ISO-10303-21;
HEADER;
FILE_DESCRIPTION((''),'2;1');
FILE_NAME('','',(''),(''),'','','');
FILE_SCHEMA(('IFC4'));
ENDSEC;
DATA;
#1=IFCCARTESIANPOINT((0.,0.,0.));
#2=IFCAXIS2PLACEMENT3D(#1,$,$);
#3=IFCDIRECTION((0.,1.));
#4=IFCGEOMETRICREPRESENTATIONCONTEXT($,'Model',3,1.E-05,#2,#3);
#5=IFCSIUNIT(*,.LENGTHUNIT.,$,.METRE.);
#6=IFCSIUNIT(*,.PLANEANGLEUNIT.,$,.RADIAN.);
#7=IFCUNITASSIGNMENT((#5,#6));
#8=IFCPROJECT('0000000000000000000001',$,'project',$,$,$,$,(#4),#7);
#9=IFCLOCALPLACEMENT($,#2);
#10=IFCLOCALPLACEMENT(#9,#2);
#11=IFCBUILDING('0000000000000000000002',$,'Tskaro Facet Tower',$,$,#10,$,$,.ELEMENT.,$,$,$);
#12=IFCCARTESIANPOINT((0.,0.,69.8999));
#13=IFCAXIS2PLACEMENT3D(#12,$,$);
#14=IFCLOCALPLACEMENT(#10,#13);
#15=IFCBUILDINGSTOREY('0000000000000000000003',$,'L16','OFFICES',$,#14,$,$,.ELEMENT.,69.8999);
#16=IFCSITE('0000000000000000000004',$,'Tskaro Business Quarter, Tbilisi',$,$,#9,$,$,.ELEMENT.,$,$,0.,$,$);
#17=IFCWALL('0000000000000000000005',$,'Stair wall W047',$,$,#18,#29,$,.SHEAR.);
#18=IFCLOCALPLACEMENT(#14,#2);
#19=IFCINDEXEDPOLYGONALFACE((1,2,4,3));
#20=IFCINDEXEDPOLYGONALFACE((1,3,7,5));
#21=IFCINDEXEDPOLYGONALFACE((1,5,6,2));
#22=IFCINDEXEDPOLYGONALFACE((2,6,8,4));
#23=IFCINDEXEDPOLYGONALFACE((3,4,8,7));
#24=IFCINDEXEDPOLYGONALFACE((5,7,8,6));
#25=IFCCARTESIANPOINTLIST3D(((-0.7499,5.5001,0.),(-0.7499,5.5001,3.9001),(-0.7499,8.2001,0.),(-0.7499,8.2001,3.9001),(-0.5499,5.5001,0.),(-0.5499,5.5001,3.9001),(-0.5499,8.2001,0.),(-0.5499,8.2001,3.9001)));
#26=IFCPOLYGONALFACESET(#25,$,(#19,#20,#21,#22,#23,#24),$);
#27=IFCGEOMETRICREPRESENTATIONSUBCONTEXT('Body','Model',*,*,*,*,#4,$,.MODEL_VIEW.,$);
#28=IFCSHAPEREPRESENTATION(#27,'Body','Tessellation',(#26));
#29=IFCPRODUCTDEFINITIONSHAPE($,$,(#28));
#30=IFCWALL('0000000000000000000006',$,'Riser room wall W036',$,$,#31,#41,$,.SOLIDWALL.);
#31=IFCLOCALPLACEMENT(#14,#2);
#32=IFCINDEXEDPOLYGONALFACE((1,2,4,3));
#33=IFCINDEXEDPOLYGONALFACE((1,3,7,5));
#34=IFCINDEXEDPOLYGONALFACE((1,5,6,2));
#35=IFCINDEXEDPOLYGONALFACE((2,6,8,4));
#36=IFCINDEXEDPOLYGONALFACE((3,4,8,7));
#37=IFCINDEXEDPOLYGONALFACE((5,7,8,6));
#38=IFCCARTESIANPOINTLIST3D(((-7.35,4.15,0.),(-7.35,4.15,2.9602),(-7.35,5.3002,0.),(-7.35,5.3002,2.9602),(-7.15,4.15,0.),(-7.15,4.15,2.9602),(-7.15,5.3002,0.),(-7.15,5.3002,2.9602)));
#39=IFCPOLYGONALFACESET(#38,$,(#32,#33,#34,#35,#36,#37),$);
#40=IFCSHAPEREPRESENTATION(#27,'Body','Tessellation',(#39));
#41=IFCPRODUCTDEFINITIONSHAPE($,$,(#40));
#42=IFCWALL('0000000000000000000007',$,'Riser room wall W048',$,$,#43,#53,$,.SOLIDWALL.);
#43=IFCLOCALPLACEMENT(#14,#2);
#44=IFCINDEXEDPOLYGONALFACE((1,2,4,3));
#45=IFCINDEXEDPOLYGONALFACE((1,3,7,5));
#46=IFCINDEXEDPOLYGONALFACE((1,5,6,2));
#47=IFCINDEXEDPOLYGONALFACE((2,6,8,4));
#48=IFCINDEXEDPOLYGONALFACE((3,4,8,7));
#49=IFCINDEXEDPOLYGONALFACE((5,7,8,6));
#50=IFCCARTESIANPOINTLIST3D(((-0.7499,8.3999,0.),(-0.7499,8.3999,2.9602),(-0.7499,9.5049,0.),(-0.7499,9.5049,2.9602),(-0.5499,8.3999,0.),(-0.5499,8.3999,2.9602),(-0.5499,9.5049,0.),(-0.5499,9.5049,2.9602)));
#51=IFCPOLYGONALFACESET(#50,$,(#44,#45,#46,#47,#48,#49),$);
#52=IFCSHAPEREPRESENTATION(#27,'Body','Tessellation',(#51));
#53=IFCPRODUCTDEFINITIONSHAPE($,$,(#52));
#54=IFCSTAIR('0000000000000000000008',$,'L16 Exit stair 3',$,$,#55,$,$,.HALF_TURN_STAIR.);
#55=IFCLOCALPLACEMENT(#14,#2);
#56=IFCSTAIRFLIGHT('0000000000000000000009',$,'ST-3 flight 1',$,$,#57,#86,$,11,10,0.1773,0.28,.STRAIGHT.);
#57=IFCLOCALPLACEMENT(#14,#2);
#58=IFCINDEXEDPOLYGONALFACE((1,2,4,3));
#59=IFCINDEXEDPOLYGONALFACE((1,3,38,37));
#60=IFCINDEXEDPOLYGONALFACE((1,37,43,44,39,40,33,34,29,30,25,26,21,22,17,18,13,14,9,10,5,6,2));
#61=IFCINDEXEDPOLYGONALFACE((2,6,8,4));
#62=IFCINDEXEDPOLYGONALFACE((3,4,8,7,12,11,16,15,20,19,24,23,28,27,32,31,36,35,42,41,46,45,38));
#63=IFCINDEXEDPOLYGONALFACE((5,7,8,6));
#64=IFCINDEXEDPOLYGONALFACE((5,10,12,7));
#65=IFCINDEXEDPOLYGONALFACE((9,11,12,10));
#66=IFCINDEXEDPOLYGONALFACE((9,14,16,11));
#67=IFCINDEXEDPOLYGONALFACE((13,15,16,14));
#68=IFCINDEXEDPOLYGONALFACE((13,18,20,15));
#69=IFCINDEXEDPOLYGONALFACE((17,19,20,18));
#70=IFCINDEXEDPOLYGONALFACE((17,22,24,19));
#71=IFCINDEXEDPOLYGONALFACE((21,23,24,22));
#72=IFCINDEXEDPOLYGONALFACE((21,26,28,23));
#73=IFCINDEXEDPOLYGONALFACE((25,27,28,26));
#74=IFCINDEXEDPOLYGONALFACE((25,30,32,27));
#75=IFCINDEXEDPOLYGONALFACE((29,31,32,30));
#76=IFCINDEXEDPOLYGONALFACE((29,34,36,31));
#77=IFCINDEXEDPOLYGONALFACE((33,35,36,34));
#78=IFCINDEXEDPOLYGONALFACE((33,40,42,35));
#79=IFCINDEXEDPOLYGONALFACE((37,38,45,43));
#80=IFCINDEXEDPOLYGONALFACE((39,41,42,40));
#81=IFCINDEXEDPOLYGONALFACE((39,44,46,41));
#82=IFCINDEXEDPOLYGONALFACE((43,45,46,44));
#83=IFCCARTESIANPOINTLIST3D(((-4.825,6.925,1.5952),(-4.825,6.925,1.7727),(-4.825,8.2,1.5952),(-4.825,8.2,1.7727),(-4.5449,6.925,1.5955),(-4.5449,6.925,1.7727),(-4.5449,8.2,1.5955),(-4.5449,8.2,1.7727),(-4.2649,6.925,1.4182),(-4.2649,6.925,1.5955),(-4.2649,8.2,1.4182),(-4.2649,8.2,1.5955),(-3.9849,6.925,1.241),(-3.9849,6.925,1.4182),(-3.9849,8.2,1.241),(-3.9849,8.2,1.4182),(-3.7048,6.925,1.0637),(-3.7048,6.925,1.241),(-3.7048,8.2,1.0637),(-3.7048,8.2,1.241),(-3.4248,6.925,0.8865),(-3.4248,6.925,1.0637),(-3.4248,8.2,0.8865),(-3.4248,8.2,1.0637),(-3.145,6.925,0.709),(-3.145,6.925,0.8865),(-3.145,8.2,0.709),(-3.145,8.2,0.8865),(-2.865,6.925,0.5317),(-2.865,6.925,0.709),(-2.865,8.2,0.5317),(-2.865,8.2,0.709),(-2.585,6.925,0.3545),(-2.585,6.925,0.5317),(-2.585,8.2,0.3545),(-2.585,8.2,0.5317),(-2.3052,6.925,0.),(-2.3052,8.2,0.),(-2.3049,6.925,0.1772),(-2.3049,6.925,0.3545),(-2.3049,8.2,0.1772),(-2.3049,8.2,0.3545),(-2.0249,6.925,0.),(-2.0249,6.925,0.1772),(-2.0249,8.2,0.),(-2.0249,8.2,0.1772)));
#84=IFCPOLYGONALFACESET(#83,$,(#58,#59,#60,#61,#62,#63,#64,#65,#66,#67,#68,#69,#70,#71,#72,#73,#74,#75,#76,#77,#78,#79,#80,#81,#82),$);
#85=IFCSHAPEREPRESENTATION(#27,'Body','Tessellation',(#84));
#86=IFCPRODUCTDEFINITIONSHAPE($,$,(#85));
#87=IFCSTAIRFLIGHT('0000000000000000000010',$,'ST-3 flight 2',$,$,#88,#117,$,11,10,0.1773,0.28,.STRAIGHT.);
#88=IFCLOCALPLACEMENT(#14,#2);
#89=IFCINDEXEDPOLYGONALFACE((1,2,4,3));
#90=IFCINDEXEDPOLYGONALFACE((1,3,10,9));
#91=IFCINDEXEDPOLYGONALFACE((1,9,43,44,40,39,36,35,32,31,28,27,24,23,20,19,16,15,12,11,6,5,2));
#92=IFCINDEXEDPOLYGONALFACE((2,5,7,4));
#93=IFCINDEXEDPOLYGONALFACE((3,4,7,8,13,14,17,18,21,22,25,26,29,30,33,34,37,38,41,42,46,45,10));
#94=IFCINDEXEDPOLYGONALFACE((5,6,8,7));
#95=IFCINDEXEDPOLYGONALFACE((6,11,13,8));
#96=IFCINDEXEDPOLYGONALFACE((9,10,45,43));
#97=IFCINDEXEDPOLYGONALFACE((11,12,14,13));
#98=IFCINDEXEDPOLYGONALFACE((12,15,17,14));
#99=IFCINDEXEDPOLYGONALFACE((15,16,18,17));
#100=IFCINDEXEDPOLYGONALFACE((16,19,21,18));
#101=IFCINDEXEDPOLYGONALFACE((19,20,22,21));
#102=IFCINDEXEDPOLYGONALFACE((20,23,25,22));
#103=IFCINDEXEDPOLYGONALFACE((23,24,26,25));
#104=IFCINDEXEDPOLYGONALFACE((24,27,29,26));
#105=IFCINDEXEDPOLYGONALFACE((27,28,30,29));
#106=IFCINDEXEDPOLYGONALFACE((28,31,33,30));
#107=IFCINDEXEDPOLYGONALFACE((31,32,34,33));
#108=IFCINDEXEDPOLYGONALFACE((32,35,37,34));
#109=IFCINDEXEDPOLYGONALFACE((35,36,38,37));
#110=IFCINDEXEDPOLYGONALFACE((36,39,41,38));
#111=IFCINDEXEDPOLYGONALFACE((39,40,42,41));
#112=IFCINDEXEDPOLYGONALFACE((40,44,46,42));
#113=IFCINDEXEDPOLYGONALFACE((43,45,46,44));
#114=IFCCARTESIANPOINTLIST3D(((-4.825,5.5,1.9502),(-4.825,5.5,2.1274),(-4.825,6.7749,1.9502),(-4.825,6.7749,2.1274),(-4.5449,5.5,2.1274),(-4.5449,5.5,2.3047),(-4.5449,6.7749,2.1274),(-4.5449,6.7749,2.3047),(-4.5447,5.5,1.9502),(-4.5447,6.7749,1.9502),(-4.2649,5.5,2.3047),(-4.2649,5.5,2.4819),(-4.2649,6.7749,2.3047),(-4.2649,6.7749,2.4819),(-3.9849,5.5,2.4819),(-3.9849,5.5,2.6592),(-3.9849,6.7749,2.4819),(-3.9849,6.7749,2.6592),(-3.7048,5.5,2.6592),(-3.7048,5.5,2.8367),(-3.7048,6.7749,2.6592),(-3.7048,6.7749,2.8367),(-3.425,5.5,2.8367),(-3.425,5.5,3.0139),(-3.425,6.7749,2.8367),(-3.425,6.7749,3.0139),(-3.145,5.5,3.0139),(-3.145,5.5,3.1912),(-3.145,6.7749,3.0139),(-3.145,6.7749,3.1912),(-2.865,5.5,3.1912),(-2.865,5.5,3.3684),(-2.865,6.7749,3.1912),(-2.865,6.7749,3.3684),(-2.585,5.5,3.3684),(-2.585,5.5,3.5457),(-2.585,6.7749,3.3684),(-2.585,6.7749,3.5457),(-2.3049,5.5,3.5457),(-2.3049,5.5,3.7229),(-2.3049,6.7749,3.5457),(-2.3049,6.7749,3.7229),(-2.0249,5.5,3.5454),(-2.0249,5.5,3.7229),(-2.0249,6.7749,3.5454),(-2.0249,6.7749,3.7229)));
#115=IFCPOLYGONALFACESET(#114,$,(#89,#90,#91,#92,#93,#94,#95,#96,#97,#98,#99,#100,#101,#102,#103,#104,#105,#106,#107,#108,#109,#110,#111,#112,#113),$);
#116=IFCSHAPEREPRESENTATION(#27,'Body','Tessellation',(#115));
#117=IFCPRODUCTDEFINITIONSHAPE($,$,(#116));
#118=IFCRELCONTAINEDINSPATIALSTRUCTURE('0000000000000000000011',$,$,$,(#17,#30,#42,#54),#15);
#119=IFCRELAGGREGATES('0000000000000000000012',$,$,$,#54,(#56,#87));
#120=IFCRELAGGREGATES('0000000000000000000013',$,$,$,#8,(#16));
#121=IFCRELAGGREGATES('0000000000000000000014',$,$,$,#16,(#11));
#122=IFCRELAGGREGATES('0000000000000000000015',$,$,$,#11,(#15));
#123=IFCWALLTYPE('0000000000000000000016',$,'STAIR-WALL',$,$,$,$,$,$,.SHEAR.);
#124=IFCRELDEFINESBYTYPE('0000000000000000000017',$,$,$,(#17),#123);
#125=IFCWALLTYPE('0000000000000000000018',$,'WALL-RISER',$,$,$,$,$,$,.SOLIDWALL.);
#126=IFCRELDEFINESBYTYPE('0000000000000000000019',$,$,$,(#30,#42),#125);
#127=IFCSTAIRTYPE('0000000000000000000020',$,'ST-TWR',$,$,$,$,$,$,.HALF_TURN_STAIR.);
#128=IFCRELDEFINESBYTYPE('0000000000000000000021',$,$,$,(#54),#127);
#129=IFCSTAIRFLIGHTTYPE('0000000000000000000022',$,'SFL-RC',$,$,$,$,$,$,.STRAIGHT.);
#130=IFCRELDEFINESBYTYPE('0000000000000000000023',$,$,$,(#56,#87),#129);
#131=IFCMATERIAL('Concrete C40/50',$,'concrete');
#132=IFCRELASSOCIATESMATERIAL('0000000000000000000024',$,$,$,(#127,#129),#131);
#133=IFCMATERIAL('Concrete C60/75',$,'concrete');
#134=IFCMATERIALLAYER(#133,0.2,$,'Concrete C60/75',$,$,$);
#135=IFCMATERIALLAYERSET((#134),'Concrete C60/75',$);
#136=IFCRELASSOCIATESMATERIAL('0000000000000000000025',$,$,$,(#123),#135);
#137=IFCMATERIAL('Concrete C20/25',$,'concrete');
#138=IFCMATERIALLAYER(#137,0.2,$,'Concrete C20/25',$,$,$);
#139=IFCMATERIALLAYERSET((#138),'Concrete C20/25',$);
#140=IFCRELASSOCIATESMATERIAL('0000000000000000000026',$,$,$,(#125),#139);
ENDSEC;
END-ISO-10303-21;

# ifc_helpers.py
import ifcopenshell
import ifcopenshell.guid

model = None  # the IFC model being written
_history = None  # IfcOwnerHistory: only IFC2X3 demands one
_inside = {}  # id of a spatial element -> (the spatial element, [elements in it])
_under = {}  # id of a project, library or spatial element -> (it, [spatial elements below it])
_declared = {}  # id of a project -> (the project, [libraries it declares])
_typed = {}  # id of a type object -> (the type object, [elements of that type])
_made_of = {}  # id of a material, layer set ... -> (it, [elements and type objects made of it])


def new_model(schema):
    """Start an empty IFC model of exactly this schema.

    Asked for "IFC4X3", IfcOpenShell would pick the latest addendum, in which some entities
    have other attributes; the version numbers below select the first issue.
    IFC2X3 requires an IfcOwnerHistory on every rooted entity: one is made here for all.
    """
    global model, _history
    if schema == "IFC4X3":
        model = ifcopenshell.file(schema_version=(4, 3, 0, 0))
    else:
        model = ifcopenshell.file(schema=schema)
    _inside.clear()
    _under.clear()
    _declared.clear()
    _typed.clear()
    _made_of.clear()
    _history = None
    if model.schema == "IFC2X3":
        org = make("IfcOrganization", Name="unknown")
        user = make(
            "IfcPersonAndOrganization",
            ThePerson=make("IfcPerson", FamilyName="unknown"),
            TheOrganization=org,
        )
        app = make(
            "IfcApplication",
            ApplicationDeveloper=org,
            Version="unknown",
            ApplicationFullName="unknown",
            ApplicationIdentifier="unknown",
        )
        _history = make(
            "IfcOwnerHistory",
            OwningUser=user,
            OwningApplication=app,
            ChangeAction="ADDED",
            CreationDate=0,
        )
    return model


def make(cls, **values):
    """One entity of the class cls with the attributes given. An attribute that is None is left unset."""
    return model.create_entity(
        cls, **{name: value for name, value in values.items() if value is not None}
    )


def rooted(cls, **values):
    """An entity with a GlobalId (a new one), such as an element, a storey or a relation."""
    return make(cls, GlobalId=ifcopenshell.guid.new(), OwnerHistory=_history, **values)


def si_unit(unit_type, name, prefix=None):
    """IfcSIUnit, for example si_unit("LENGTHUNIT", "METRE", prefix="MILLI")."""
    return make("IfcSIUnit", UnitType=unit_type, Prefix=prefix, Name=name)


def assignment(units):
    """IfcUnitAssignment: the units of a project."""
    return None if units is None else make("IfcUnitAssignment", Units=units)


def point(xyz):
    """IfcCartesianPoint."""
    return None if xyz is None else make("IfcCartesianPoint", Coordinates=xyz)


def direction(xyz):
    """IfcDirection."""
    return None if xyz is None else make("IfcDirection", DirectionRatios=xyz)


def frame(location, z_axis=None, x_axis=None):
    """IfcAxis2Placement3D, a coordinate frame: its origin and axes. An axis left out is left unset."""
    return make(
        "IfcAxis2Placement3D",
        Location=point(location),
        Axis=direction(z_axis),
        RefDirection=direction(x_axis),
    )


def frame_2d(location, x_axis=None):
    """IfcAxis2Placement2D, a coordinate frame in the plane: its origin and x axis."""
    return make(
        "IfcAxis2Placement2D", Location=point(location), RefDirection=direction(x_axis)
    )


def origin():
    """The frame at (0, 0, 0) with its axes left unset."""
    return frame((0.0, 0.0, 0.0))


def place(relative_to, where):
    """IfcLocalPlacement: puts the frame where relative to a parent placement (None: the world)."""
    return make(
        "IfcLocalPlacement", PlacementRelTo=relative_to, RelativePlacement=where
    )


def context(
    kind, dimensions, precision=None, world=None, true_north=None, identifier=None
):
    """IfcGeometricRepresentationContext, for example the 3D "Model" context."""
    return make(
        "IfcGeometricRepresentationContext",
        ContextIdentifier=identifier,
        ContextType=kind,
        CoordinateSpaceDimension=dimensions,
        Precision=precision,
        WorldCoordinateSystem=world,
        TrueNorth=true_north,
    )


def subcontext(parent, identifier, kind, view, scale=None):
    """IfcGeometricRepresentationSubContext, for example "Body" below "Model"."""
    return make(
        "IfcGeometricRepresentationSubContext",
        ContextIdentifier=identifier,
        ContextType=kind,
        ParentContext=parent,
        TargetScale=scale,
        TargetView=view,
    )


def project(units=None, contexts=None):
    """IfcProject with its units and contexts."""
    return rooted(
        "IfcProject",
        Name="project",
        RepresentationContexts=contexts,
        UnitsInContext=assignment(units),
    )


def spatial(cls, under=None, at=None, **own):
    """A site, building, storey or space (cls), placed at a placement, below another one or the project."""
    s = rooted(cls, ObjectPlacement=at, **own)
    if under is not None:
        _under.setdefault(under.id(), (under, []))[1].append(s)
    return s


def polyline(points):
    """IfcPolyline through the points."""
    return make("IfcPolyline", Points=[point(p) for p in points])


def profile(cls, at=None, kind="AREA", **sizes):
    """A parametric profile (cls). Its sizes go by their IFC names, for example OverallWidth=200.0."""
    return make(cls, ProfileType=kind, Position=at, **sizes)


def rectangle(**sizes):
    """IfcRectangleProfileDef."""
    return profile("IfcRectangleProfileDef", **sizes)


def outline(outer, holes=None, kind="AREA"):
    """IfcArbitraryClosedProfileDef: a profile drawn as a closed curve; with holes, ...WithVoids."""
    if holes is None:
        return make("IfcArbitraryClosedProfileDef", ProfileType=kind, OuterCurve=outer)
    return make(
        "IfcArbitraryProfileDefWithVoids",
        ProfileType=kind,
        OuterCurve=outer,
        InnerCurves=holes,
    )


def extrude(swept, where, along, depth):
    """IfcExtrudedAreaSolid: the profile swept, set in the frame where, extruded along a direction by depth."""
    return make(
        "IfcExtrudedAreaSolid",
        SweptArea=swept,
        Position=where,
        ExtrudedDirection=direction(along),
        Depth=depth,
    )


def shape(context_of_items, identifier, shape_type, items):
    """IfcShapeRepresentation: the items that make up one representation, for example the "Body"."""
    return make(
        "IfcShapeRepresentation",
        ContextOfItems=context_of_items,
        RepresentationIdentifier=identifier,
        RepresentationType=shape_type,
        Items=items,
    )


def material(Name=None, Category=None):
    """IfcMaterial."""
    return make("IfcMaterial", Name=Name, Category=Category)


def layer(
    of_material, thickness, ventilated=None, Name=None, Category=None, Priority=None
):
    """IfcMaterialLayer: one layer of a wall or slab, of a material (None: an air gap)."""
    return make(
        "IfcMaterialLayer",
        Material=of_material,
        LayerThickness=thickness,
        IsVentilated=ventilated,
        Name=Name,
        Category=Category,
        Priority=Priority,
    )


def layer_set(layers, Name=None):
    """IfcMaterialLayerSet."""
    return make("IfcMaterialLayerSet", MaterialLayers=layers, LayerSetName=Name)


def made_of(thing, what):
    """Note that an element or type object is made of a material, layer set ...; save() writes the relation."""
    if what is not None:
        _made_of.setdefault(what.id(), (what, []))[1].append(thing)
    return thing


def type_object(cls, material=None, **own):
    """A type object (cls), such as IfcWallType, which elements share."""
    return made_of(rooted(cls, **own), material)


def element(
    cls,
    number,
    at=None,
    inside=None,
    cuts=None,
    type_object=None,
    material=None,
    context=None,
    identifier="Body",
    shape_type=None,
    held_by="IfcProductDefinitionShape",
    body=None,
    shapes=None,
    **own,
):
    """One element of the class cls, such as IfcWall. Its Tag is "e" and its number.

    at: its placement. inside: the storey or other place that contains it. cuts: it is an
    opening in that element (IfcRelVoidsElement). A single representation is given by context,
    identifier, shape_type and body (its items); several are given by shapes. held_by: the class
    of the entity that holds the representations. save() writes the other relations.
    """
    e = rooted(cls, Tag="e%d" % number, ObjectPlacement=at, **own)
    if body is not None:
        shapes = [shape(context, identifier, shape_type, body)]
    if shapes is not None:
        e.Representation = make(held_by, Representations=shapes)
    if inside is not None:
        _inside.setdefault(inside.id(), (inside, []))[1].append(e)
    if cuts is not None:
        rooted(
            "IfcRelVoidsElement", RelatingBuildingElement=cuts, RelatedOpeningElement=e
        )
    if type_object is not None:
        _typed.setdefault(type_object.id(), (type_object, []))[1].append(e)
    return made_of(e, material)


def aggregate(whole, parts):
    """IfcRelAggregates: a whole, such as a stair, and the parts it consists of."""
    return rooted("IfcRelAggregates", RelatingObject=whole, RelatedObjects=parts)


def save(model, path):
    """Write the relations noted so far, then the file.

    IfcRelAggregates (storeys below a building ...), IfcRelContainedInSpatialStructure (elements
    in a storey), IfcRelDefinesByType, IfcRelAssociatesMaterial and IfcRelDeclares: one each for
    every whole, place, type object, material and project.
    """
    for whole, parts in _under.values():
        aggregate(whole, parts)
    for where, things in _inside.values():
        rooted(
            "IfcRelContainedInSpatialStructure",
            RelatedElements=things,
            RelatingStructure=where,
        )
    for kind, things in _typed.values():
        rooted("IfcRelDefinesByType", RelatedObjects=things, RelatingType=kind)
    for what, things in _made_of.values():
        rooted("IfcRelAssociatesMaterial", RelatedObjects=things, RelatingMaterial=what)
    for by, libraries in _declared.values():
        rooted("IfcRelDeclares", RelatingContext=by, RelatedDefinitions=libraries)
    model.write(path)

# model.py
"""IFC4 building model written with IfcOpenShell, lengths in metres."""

from ifc_helpers import new_model, si_unit, direction, frame, frame_2d, origin, place, context, subcontext, project, spatial, polyline, rectangle, outline, extrude, material, layer, layer_set, type_object, element, aggregate, save


model = new_model("IFC4")

# Units and contexts
model_context = context("Model", 3, precision=1e-05, world=origin(), true_north=direction((0.0, 1.0)))
body_context = subcontext(model_context, "Body", "Model", "MODEL_VIEW")
ifc_project = project(units=[si_unit("LENGTHUNIT", "METRE"), si_unit("PLANEANGLEUNIT", "RADIAN")], contexts=[model_context])

# Site, building, storey
site_placement = place(None, origin())
site = spatial("IfcSite", under=ifc_project, at=site_placement, Name="Tskaro Business Quarter, Tbilisi", CompositionType="ELEMENT", RefElevation=0.0)
building_placement = place(site_placement, origin())
building = spatial("IfcBuilding", under=site, at=building_placement, Name="Tskaro Facet Tower", CompositionType="ELEMENT")
storey_placement = place(building_placement, frame((0.0, 0.0, 69.8999)))
storey = spatial("IfcBuildingStorey", under=building, at=storey_placement, Name="L16", Description="OFFICES", CompositionType="ELEMENT", Elevation=69.8999)

# Shared definitions
ifc_material_1 = material(Name="Concrete C40/50", Category="concrete")
stair_type = type_object("IfcStairType", Name="ST-TWR", PredefinedType="HALF_TURN_STAIR", material=ifc_material_1)

# Shared definitions
ifc_material_2 = material(Name="Concrete C20/25", Category="concrete")

# Shared definitions
ifc_material_3 = material(Name="Concrete C60/75", Category="concrete")
ifc_layer_1 = layer(ifc_material_3, 0.2, Name="Concrete C60/75")
ifc_layer_set_1 = layer_set([ifc_layer_1], Name="Concrete C60/75")
wall_type_1 = type_object("IfcWallType", Name="STAIR-WALL", PredefinedType="SHEAR", material=ifc_layer_set_1)

# Walls
for number, where, z_axis, x_axis, name in (
    (1, (-0.6499, 5.5, 0.0), (0.0, 0.0, 1.0), (0.0, 1.0, 0.0), "Stair wall W047"),
):
    element("IfcWall", number, at=place(storey_placement, frame(where, z_axis=z_axis, x_axis=x_axis)), inside=storey, type_object=wall_type_1, Name=name, PredefinedType="SHEAR", context=body_context, shape_type="SweptSolid", body=[
        extrude(rectangle(XDim=2.7, YDim=0.2, at=frame_2d((1.3501, 0.0))), origin(), (0.0, 0.0, 1.0), 3.9001),
    ])
ifc_layer_2 = layer(ifc_material_2, 0.2, Name="Concrete C20/25")
ifc_layer_set_2 = layer_set([ifc_layer_2], Name="Concrete C20/25")
wall_type_2 = type_object("IfcWallType", Name="WALL-RISER", PredefinedType="SOLIDWALL", material=ifc_layer_set_2)
wall_1_placement = place(storey_placement, frame((-7.25, 4.1499, 0.0), z_axis=(0.0, 0.0, 1.0), x_axis=(0.0, 1.0, 0.0)))
element("IfcWall", 2, at=wall_1_placement, inside=storey, type_object=wall_type_2, Name="Riser room wall W036", PredefinedType="SOLIDWALL", context=body_context, shape_type="SweptSolid", body=[
    extrude(rectangle(XDim=1.1501, YDim=0.2, at=frame_2d((0.5752, 0.0))), origin(), (0.0, 0.0, 1.0), 2.9602),
])
wall_2_placement = place(storey_placement, frame((-0.6499, 8.3999, 0.0), z_axis=(0.0, 0.0, 1.0), x_axis=(0.0, 1.0, 0.0)))
element("IfcWall", 3, at=wall_2_placement, inside=storey, type_object=wall_type_2, Name="Riser room wall W048", PredefinedType="SOLIDWALL", context=body_context, shape_type="SweptSolid", body=[
    extrude(rectangle(XDim=1.105, YDim=0.2, at=frame_2d((0.5525, 0.0))), origin(), (0.0, 0.0, 1.0), 2.9602),
])

# Stair, stair flights
stair_1_placement = place(storey_placement, origin())
stair_1 = element("IfcStair", 4, at=stair_1_placement, inside=storey, type_object=stair_type, Name="L16 Exit stair 3", PredefinedType="HALF_TURN_STAIR")
stair_flight_type = type_object("IfcStairFlightType", Name="SFL-RC", PredefinedType="STRAIGHT", material=ifc_material_1)
stair_flight_1_placement = place(storey_placement, frame((-2.0249, 7.5625, 0.0), z_axis=(0.0, 0.0, 1.0), x_axis=(-1.0, 0.0, 0.0)))
stair_flight_1 = element("IfcStairFlight", 5, at=stair_flight_1_placement, type_object=stair_flight_type, Name="ST-3 flight 1", NumberOfRisers=11, NumberOfTreads=10, PredefinedType="STRAIGHT", RiserHeight=0.1773, TreadLength=0.28, context=body_context, shape_type="SweptSolid", body=[
    extrude(outline(polyline([(0.0, 0.0), (0.0, 0.1772), (0.28, 0.1772), (0.28, 0.3545), (0.5601, 0.3545), (0.5601, 0.5317), (0.8401, 0.5317), (0.8401, 0.709), (1.1201, 0.709), (1.1201, 0.8865), (1.3999, 0.8865), (1.3999, 1.0637), (1.6799, 1.0637), (1.6799, 1.241), (1.96, 1.241), (1.96, 1.4182), (2.24, 1.4182), (2.24, 1.5955), (2.52, 1.5955), (2.52, 1.7727), (2.8, 1.7727), (2.8, 1.95), (2.8, 1.5952), (0.2803, 0.0), (0.0, 0.0)])), frame((0.0, 0.6375, 0.0), z_axis=(0.0, -1.0, 0.0), x_axis=(1.0, 0.0, 0.0)), (0.0, 0.0, 1.0), 1.2749),
])
stair_flight_2_placement = place(storey_placement, frame((-4.825, 6.1375, 1.9502), z_axis=(0.0, 0.0, 1.0), x_axis=(1.0, 0.0, 0.0)))
stair_flight_2 = element("IfcStairFlight", 6, at=stair_flight_2_placement, type_object=stair_flight_type, Name="ST-3 flight 2", NumberOfRisers=11, NumberOfTreads=10, PredefinedType="STRAIGHT", RiserHeight=0.1773, TreadLength=0.28, context=body_context, shape_type="SweptSolid", body=[
    extrude(outline(polyline([(0.0, 0.0), (0.0, 0.1772), (0.28, 0.1772), (0.28, 0.3545), (0.5601, 0.3545), (0.5601, 0.5317), (0.8401, 0.5317), (0.8401, 0.709), (1.1201, 0.709), (1.1201, 0.8865), (1.3999, 0.8865), (1.3999, 1.0637), (1.6799, 1.0637), (1.6799, 1.241), (1.96, 1.241), (1.96, 1.4182), (2.24, 1.4182), (2.24, 1.5955), (2.52, 1.5955), (2.52, 1.7727), (2.8, 1.7727), (2.8, 1.95), (2.8, 1.5952), (0.2803, 0.0), (0.0, 0.0)])), frame((0.0, 0.6375, 0.0), z_axis=(0.0, -1.0, 0.0), x_axis=(1.0, 0.0, 0.0)), (0.0, 0.0, 1.0), 1.2749),
])
aggregate(stair_1, [stair_flight_1, stair_flight_2])

save(model, "model.ifc")
